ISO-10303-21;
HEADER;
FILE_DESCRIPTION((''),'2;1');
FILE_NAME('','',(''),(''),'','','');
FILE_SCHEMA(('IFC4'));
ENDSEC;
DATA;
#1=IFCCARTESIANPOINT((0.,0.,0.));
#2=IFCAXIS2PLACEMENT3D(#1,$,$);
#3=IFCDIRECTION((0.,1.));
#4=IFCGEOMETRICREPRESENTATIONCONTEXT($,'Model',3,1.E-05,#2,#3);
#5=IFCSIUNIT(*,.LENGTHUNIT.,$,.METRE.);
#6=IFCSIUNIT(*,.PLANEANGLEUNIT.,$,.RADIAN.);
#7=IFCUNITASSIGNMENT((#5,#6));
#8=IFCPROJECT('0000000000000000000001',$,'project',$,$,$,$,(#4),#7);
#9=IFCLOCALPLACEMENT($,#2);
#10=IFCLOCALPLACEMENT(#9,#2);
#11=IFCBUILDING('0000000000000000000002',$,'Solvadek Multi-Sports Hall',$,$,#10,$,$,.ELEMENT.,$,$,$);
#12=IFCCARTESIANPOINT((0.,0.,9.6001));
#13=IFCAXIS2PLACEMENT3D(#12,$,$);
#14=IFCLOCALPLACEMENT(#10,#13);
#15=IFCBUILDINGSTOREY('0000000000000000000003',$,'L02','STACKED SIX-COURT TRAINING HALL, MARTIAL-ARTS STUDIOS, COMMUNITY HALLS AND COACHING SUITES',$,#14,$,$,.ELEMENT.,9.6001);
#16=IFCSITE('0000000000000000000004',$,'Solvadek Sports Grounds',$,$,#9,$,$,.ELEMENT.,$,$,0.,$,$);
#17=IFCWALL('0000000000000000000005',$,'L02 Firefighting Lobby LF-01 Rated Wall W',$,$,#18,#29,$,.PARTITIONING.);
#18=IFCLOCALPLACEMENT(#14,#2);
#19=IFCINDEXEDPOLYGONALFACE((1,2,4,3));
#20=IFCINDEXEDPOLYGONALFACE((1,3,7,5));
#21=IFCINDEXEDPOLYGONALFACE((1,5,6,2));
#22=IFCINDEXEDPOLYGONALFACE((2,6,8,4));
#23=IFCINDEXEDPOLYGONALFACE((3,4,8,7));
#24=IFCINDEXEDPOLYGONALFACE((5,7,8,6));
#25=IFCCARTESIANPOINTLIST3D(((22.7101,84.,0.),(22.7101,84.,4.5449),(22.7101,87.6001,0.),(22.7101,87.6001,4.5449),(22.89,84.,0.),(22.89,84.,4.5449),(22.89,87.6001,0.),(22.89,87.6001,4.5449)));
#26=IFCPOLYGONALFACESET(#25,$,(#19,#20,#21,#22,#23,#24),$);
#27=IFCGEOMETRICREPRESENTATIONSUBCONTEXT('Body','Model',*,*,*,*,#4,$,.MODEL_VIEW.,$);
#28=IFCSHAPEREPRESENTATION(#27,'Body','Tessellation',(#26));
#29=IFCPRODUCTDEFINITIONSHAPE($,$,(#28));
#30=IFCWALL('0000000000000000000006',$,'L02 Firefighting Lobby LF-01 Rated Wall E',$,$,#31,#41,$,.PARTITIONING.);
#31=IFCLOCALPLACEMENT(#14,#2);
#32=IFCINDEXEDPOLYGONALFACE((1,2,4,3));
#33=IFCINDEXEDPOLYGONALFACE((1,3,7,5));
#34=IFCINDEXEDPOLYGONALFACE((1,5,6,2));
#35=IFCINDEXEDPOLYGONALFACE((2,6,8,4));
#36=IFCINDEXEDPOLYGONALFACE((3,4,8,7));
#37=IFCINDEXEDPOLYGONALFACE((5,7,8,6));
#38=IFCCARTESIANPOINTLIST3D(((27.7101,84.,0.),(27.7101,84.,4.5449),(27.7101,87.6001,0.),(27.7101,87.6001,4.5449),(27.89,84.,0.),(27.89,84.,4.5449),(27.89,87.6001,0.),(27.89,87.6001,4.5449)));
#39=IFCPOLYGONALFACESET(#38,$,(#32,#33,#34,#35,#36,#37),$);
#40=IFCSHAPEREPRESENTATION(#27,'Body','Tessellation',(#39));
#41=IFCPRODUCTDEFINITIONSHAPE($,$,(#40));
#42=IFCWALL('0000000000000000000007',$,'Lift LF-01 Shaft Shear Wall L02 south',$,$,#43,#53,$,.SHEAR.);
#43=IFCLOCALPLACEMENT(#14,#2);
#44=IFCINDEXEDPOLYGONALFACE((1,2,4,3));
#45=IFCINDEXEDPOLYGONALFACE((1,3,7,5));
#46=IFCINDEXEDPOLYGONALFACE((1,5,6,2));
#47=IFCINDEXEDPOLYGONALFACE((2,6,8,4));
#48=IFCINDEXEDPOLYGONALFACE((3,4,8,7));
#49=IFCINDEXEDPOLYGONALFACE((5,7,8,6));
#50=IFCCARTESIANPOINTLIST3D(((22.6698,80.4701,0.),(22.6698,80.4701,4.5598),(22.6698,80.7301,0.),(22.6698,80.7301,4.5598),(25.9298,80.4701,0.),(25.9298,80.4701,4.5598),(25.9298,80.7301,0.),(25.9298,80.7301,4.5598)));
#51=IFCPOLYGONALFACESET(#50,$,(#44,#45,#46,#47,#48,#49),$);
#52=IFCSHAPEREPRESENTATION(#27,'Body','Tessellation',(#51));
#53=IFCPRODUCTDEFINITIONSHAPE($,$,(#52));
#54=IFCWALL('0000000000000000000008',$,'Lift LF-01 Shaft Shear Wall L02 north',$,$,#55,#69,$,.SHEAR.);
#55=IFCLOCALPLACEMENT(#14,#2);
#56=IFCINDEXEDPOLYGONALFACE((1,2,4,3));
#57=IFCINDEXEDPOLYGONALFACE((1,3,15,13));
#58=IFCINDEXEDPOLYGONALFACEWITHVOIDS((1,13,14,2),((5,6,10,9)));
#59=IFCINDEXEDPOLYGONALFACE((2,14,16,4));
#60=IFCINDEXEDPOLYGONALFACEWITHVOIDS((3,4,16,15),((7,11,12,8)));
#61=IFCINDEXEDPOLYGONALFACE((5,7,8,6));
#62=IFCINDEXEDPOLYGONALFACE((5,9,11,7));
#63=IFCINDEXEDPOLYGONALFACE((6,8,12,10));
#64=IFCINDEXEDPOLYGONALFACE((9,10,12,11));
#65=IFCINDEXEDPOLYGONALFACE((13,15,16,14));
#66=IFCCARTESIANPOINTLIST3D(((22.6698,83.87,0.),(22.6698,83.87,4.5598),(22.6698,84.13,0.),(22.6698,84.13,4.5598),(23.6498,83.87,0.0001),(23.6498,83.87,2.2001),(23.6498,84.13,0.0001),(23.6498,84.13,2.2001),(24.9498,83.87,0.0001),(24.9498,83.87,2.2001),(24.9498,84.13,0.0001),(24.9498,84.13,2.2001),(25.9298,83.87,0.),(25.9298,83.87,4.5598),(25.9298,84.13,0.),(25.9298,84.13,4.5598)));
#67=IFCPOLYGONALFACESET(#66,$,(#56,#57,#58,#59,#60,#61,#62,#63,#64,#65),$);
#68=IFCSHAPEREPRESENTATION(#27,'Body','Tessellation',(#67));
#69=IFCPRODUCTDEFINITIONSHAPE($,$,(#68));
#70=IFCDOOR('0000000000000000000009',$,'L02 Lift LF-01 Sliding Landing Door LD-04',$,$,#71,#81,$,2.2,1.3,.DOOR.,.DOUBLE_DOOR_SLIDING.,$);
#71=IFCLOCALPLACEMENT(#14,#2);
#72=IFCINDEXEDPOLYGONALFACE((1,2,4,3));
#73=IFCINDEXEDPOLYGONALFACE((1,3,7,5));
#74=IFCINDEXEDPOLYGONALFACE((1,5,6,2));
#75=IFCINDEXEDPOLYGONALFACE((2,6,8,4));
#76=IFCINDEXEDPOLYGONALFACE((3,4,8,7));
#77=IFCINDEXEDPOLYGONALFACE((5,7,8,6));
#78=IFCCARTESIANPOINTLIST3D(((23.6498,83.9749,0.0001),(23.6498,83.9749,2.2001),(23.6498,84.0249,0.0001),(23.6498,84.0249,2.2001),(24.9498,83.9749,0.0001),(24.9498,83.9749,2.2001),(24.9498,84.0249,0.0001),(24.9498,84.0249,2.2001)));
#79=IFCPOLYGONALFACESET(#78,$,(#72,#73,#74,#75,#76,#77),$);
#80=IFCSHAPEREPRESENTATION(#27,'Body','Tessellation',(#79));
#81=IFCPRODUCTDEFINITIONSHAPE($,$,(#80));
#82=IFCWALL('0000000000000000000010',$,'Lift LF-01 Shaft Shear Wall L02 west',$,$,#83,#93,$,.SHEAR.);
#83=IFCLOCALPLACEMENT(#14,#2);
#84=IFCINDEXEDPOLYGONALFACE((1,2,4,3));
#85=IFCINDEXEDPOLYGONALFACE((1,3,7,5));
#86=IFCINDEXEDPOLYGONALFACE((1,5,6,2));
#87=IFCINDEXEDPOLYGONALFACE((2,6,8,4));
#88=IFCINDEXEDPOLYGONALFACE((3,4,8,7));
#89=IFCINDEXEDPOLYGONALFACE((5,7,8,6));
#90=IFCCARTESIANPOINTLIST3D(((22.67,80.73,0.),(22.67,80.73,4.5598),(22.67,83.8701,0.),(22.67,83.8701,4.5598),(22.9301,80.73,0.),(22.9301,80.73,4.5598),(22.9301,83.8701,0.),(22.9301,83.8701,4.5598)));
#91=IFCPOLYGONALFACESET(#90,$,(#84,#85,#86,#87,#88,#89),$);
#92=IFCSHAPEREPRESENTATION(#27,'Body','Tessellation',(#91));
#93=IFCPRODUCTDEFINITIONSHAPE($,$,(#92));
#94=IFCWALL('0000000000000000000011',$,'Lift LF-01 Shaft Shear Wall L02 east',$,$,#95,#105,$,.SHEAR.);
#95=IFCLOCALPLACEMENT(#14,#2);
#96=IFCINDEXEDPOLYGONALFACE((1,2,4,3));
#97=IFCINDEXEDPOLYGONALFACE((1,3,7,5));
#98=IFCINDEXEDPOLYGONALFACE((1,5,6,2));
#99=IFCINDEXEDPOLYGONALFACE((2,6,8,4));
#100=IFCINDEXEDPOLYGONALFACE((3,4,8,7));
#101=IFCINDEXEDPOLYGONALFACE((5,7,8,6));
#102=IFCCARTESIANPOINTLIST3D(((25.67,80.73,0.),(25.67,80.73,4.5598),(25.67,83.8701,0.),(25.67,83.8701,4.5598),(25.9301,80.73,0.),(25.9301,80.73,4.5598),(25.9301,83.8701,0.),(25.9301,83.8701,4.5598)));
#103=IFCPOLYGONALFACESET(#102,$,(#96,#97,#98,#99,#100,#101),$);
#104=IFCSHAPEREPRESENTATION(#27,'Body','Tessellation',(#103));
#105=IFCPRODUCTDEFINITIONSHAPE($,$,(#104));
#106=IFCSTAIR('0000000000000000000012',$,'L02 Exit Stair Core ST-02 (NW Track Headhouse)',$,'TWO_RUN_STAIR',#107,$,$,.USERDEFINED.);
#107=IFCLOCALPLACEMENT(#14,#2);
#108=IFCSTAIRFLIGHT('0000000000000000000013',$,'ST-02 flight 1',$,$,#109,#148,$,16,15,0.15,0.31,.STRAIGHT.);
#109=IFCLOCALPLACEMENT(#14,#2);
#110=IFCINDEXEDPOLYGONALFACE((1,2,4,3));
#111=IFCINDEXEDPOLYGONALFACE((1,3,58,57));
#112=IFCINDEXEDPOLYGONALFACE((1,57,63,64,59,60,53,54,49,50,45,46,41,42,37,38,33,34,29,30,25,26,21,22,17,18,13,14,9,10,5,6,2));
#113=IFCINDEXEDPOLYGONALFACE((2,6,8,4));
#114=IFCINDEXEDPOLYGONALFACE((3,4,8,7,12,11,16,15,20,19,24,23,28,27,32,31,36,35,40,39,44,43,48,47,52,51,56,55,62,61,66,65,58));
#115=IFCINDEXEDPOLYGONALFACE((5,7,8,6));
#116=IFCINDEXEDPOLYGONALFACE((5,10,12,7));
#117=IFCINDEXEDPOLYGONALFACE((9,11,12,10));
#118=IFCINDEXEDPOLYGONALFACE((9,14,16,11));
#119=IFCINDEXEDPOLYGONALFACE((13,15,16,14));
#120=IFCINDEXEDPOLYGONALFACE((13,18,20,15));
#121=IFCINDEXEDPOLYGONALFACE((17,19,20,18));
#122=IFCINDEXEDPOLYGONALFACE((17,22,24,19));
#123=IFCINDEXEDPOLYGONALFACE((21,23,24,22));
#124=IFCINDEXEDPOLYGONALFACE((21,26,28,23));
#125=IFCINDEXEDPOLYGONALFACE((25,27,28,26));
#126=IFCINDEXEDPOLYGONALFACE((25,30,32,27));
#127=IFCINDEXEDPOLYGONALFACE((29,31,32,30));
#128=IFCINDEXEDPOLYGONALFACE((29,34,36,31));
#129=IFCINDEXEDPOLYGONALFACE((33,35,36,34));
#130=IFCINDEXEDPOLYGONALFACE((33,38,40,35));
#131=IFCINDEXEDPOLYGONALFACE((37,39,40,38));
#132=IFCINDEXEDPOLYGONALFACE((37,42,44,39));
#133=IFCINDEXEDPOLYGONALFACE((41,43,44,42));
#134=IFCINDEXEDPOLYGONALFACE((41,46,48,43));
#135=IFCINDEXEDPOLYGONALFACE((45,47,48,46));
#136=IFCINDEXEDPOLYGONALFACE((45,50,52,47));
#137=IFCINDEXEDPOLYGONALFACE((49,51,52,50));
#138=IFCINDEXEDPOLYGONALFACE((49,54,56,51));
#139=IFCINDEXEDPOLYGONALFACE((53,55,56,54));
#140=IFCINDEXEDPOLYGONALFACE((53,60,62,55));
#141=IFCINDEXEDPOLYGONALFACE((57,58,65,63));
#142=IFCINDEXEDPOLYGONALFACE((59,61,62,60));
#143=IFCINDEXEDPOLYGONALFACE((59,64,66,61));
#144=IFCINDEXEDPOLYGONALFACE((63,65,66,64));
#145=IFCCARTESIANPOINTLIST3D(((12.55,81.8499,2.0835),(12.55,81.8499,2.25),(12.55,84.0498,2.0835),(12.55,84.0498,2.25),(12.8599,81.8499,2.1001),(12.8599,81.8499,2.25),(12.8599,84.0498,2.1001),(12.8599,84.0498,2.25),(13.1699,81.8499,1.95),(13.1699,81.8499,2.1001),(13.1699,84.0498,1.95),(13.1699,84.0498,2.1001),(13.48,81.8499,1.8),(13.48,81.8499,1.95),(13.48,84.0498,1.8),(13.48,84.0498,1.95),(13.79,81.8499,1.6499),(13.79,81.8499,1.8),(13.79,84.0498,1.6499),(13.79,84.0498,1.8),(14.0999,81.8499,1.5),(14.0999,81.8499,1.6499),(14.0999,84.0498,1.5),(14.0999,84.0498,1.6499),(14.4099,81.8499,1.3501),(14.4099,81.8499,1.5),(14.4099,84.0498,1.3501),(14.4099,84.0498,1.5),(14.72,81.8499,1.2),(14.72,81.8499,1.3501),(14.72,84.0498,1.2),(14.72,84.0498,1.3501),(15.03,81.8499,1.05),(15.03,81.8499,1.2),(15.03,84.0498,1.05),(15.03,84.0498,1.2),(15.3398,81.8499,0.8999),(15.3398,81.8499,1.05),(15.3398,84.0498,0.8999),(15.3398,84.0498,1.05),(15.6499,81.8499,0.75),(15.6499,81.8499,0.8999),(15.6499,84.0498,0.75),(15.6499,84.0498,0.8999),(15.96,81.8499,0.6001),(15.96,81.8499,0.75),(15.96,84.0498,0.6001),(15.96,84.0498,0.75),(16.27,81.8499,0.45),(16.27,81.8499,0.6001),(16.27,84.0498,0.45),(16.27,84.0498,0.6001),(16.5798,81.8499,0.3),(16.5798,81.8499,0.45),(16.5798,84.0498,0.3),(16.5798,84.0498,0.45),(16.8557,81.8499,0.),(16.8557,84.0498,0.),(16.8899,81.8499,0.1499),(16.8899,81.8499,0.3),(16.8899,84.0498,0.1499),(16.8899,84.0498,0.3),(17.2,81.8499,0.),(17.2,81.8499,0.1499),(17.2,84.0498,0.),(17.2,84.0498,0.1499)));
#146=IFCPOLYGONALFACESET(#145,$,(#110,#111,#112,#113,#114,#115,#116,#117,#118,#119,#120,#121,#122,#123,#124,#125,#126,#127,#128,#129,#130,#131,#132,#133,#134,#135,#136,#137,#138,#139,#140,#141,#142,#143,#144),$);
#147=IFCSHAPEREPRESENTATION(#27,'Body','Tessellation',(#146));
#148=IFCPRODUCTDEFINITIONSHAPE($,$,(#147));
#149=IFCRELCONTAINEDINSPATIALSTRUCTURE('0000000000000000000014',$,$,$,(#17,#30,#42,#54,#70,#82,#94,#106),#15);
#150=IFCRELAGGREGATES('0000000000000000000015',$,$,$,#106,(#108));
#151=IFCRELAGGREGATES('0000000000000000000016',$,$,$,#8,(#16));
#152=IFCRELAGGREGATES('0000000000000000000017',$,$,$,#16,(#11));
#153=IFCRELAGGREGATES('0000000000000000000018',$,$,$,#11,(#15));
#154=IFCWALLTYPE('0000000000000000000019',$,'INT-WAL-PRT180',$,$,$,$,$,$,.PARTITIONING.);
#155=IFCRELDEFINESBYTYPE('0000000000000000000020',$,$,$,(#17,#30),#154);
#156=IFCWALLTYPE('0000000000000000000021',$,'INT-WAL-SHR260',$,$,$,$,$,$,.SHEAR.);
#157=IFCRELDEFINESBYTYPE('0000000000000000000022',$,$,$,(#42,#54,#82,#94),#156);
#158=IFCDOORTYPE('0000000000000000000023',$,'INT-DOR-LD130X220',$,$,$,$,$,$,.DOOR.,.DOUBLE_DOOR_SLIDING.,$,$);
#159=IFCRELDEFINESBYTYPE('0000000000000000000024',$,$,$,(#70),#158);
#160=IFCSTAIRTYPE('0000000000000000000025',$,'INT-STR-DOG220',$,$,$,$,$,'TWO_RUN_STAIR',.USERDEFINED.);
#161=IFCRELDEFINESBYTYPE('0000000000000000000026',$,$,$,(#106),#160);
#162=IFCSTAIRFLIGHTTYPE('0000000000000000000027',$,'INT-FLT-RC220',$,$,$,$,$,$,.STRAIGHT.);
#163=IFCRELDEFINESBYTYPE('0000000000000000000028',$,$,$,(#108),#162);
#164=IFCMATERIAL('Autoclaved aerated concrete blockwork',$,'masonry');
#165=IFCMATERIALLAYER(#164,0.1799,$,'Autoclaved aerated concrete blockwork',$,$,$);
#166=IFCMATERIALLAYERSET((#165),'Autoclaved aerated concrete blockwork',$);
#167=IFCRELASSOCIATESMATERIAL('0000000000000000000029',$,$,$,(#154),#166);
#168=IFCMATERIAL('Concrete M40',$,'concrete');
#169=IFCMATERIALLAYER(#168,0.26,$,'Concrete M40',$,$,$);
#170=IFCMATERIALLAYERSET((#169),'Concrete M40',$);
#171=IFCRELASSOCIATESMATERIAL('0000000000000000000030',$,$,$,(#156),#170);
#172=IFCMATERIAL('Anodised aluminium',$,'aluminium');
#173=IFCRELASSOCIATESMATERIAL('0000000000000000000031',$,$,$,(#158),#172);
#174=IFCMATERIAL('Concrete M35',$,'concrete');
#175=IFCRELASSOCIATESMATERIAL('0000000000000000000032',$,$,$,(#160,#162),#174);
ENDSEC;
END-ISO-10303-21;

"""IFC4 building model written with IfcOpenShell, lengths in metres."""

from ifc_helpers import new_model, si_unit, direction, frame, frame_2d, origin, place, context, subcontext, project, spatial, polyline, rectangle, outline, extrude, material, layer, layer_set, type_object, element, fill, aggregate, save


model = new_model("IFC4")

# Units and contexts
model_context = context("Model", 3, precision=1e-05, world=origin(), true_north=direction((0.0, 1.0)))
body_context = subcontext(model_context, "Body", "Model", "MODEL_VIEW")
ifc_project = project(units=[si_unit("LENGTHUNIT", "METRE"), si_unit("PLANEANGLEUNIT", "RADIAN")], contexts=[model_context])

# Site, building, storey
site_placement = place(None, origin())
site = spatial("IfcSite", under=ifc_project, at=site_placement, Name="Solvadek Sports Grounds", CompositionType="ELEMENT", RefElevation=0.0)
building_placement = place(site_placement, origin())
building = spatial("IfcBuilding", under=site, at=building_placement, Name="Solvadek Multi-Sports Hall", CompositionType="ELEMENT")
storey_placement = place(building_placement, frame((0.0, 0.0, 9.6001)))
storey = spatial("IfcBuildingStorey", under=building, at=storey_placement, Name="L02", Description="STACKED SIX-COURT TRAINING HALL, MARTIAL-ARTS STUDIOS, COMMUNITY HALLS AND COACHING SUITES", CompositionType="ELEMENT", Elevation=9.6001)

# Walls
ifc_material_1 = material(Name="Autoclaved aerated concrete blockwork", Category="masonry")
ifc_layer_1 = layer(ifc_material_1, 0.1799, Name="Autoclaved aerated concrete blockwork")
ifc_layer_set_1 = layer_set([ifc_layer_1], Name="Autoclaved aerated concrete blockwork")
wall_type_1 = type_object("IfcWallType", Name="INT-WAL-PRT180", PredefinedType="PARTITIONING", material=ifc_layer_set_1)
for number, where, z_axis, x_axis, name in (
    (1, (22.8, 84.0, 0.0), (0.0, 0.0, 1.0), (0.0, 1.0, 0.0), "L02 Firefighting Lobby LF-01 Rated Wall W"),
    (2, (27.8, 84.0, 0.0), (0.0, 0.0, 1.0), (0.0, 1.0, 0.0), "L02 Firefighting Lobby LF-01 Rated Wall E"),
):
    element("IfcWall", number, at=place(storey_placement, frame(where, z_axis=z_axis, x_axis=x_axis)), inside=storey, type_object=wall_type_1, Name=name, PredefinedType="PARTITIONING", context=body_context, shape_type="SweptSolid", body=[
        extrude(rectangle(XDim=3.6001, YDim=0.1799, at=frame_2d((1.8, 0.0))), origin(), (0.0, 0.0, 1.0), 4.5449),
    ])
ifc_material_2 = material(Name="Concrete M40", Category="concrete")
ifc_layer_2 = layer(ifc_material_2, 0.26, Name="Concrete M40")
ifc_layer_set_2 = layer_set([ifc_layer_2], Name="Concrete M40")
wall_type_2 = type_object("IfcWallType", Name="INT-WAL-SHR260", PredefinedType="SHEAR", material=ifc_layer_set_2)
wall_1_placement = place(storey_placement, frame((22.6699, 80.6001, 0.0), z_axis=(0.0, 0.0, 1.0), x_axis=(1.0, 0.0, 0.0)))
element("IfcWall", 3, at=wall_1_placement, inside=storey, type_object=wall_type_2, Name="Lift LF-01 Shaft Shear Wall L02 south", PredefinedType="SHEAR", context=body_context, shape_type="SweptSolid", body=[
    extrude(rectangle(XDim=3.26, YDim=0.26, at=frame_2d((1.6299, 0.0))), origin(), (0.0, 0.0, 1.0), 4.5598),
])

# Wall, opening, door
wall_2_placement = place(storey_placement, frame((22.6699, 84.0, 0.0), z_axis=(0.0, 0.0, 1.0), x_axis=(1.0, 0.0, 0.0)))
wall_2 = element("IfcWall", 4, at=wall_2_placement, inside=storey, type_object=wall_type_2, Name="Lift LF-01 Shaft Shear Wall L02 north", PredefinedType="SHEAR", context=body_context, shape_type="SweptSolid", body=[
    extrude(rectangle(XDim=3.26, YDim=0.26, at=frame_2d((1.6299, 0.0))), origin(), (0.0, 0.0, 1.0), 4.5598),
])
opening_1_placement = place(wall_2_placement, frame((0.98, 0.0, 0.0)))
opening_1 = element("IfcOpeningElement", 5, at=opening_1_placement, cuts=wall_2, PredefinedType="OPENING", context=body_context, shape_type="SweptSolid", body=[
    extrude(rectangle(XDim=1.3, YDim=2.2, at=frame_2d((0.6499, 1.1001))), frame((0.0, 0.1399, 0.0), z_axis=(0.0, -1.0, 0.0), x_axis=(1.0, 0.0, 0.0)), (0.0, 0.0, 1.0), 0.28),
])
ifc_material_3 = material(Name="Anodised aluminium", Category="aluminium")
door_type_1 = type_object("IfcDoorType", Name="INT-DOR-LD130X220", OperationType="DOUBLE_DOOR_SLIDING", PredefinedType="DOOR", material=ifc_material_3)
door_1_placement = place(opening_1_placement, origin())
door_1 = element("IfcDoor", 6, at=door_1_placement, inside=storey, type_object=door_type_1, Name="L02 Lift LF-01 Sliding Landing Door LD-04", OperationType="DOUBLE_DOOR_SLIDING", OverallHeight=2.2, OverallWidth=1.3, PredefinedType="DOOR", context=body_context, shape_type="SweptSolid", body=[
    extrude(rectangle(XDim=1.3, YDim=2.2, at=frame_2d((0.6499, 1.1001))), frame((0.0, 0.0249, 0.0), z_axis=(0.0, -1.0, 0.0), x_axis=(1.0, 0.0, 0.0)), (0.0, 0.0, 1.0), 0.05),
])
fill(opening_1, door_1)

# Walls
for number, where, z_axis, x_axis, name in (
    (7, (22.8, 80.73, 0.0), (0.0, 0.0, 1.0), (0.0, 1.0, 0.0), "Lift LF-01 Shaft Shear Wall L02 west"),
    (8, (25.8, 80.73, 0.0), (0.0, 0.0, 1.0), (0.0, 1.0, 0.0), "Lift LF-01 Shaft Shear Wall L02 east"),
):
    element("IfcWall", number, at=place(storey_placement, frame(where, z_axis=z_axis, x_axis=x_axis)), inside=storey, type_object=wall_type_2, Name=name, PredefinedType="SHEAR", context=body_context, shape_type="SweptSolid", body=[
        extrude(rectangle(XDim=3.1401, YDim=0.26, at=frame_2d((1.5701, 0.0))), origin(), (0.0, 0.0, 1.0), 4.5598),
    ])

# Stair, stair flight
ifc_material_4 = material(Name="Concrete M35", Category="concrete")
stair_type = type_object("IfcStairType", Name="INT-STR-DOG220", ElementType="TWO_RUN_STAIR", PredefinedType="USERDEFINED", material=ifc_material_4)
stair_placement = place(storey_placement, origin())
stair = element("IfcStair", 9, at=stair_placement, inside=storey, type_object=stair_type, Name="L02 Exit Stair Core ST-02 (NW Track Headhouse)", ObjectType="TWO_RUN_STAIR", PredefinedType="USERDEFINED")
stair_flight_type = type_object("IfcStairFlightType", Name="INT-FLT-RC220", PredefinedType="STRAIGHT", material=ifc_material_4)
stair_flight_placement = place(storey_placement, frame((17.2, 82.95, 0.0), z_axis=(0.0, 0.0, 1.0), x_axis=(-1.0, 0.0, 0.0)))
stair_flight = element("IfcStairFlight", 10, at=stair_flight_placement, type_object=stair_flight_type, Name="ST-02 flight 1", NumberOfRisers=16, NumberOfTreads=15, PredefinedType="STRAIGHT", RiserHeight=0.15, TreadLength=0.31, context=body_context, shape_type="SweptSolid", body=[
    extrude(outline(polyline([(0.0, 0.0), (0.0, 0.1499), (0.3101, 0.1499), (0.3101, 0.3), (0.6201, 0.3), (0.6201, 0.45), (0.9299, 0.45), (0.9299, 0.6001), (1.24, 0.6001), (1.24, 0.75), (1.55, 0.75), (1.55, 0.8999), (1.8601, 0.8999), (1.8601, 1.05), (2.1699, 1.05), (2.1699, 1.2), (2.48, 1.2), (2.48, 1.3501), (2.79, 1.3501), (2.79, 1.5), (3.1001, 1.5), (3.1001, 1.6499), (3.4099, 1.6499), (3.4099, 1.8), (3.72, 1.8), (3.72, 1.95), (4.03, 1.95), (4.03, 2.1001), (4.3401, 2.1001), (4.3401, 2.25), (4.6499, 2.25), (4.6499, 2.3999), (4.6499, 2.0835), (0.3442, 0.0), (0.0, 0.0)])), frame((0.0, 1.1001, 0.0), z_axis=(0.0, -1.0, 0.0), x_axis=(1.0, 0.0, 0.0)), (0.0, 0.0, 1.0), 2.2),
])
aggregate(stair, [stair_flight])

save(model, "model.ifc")
